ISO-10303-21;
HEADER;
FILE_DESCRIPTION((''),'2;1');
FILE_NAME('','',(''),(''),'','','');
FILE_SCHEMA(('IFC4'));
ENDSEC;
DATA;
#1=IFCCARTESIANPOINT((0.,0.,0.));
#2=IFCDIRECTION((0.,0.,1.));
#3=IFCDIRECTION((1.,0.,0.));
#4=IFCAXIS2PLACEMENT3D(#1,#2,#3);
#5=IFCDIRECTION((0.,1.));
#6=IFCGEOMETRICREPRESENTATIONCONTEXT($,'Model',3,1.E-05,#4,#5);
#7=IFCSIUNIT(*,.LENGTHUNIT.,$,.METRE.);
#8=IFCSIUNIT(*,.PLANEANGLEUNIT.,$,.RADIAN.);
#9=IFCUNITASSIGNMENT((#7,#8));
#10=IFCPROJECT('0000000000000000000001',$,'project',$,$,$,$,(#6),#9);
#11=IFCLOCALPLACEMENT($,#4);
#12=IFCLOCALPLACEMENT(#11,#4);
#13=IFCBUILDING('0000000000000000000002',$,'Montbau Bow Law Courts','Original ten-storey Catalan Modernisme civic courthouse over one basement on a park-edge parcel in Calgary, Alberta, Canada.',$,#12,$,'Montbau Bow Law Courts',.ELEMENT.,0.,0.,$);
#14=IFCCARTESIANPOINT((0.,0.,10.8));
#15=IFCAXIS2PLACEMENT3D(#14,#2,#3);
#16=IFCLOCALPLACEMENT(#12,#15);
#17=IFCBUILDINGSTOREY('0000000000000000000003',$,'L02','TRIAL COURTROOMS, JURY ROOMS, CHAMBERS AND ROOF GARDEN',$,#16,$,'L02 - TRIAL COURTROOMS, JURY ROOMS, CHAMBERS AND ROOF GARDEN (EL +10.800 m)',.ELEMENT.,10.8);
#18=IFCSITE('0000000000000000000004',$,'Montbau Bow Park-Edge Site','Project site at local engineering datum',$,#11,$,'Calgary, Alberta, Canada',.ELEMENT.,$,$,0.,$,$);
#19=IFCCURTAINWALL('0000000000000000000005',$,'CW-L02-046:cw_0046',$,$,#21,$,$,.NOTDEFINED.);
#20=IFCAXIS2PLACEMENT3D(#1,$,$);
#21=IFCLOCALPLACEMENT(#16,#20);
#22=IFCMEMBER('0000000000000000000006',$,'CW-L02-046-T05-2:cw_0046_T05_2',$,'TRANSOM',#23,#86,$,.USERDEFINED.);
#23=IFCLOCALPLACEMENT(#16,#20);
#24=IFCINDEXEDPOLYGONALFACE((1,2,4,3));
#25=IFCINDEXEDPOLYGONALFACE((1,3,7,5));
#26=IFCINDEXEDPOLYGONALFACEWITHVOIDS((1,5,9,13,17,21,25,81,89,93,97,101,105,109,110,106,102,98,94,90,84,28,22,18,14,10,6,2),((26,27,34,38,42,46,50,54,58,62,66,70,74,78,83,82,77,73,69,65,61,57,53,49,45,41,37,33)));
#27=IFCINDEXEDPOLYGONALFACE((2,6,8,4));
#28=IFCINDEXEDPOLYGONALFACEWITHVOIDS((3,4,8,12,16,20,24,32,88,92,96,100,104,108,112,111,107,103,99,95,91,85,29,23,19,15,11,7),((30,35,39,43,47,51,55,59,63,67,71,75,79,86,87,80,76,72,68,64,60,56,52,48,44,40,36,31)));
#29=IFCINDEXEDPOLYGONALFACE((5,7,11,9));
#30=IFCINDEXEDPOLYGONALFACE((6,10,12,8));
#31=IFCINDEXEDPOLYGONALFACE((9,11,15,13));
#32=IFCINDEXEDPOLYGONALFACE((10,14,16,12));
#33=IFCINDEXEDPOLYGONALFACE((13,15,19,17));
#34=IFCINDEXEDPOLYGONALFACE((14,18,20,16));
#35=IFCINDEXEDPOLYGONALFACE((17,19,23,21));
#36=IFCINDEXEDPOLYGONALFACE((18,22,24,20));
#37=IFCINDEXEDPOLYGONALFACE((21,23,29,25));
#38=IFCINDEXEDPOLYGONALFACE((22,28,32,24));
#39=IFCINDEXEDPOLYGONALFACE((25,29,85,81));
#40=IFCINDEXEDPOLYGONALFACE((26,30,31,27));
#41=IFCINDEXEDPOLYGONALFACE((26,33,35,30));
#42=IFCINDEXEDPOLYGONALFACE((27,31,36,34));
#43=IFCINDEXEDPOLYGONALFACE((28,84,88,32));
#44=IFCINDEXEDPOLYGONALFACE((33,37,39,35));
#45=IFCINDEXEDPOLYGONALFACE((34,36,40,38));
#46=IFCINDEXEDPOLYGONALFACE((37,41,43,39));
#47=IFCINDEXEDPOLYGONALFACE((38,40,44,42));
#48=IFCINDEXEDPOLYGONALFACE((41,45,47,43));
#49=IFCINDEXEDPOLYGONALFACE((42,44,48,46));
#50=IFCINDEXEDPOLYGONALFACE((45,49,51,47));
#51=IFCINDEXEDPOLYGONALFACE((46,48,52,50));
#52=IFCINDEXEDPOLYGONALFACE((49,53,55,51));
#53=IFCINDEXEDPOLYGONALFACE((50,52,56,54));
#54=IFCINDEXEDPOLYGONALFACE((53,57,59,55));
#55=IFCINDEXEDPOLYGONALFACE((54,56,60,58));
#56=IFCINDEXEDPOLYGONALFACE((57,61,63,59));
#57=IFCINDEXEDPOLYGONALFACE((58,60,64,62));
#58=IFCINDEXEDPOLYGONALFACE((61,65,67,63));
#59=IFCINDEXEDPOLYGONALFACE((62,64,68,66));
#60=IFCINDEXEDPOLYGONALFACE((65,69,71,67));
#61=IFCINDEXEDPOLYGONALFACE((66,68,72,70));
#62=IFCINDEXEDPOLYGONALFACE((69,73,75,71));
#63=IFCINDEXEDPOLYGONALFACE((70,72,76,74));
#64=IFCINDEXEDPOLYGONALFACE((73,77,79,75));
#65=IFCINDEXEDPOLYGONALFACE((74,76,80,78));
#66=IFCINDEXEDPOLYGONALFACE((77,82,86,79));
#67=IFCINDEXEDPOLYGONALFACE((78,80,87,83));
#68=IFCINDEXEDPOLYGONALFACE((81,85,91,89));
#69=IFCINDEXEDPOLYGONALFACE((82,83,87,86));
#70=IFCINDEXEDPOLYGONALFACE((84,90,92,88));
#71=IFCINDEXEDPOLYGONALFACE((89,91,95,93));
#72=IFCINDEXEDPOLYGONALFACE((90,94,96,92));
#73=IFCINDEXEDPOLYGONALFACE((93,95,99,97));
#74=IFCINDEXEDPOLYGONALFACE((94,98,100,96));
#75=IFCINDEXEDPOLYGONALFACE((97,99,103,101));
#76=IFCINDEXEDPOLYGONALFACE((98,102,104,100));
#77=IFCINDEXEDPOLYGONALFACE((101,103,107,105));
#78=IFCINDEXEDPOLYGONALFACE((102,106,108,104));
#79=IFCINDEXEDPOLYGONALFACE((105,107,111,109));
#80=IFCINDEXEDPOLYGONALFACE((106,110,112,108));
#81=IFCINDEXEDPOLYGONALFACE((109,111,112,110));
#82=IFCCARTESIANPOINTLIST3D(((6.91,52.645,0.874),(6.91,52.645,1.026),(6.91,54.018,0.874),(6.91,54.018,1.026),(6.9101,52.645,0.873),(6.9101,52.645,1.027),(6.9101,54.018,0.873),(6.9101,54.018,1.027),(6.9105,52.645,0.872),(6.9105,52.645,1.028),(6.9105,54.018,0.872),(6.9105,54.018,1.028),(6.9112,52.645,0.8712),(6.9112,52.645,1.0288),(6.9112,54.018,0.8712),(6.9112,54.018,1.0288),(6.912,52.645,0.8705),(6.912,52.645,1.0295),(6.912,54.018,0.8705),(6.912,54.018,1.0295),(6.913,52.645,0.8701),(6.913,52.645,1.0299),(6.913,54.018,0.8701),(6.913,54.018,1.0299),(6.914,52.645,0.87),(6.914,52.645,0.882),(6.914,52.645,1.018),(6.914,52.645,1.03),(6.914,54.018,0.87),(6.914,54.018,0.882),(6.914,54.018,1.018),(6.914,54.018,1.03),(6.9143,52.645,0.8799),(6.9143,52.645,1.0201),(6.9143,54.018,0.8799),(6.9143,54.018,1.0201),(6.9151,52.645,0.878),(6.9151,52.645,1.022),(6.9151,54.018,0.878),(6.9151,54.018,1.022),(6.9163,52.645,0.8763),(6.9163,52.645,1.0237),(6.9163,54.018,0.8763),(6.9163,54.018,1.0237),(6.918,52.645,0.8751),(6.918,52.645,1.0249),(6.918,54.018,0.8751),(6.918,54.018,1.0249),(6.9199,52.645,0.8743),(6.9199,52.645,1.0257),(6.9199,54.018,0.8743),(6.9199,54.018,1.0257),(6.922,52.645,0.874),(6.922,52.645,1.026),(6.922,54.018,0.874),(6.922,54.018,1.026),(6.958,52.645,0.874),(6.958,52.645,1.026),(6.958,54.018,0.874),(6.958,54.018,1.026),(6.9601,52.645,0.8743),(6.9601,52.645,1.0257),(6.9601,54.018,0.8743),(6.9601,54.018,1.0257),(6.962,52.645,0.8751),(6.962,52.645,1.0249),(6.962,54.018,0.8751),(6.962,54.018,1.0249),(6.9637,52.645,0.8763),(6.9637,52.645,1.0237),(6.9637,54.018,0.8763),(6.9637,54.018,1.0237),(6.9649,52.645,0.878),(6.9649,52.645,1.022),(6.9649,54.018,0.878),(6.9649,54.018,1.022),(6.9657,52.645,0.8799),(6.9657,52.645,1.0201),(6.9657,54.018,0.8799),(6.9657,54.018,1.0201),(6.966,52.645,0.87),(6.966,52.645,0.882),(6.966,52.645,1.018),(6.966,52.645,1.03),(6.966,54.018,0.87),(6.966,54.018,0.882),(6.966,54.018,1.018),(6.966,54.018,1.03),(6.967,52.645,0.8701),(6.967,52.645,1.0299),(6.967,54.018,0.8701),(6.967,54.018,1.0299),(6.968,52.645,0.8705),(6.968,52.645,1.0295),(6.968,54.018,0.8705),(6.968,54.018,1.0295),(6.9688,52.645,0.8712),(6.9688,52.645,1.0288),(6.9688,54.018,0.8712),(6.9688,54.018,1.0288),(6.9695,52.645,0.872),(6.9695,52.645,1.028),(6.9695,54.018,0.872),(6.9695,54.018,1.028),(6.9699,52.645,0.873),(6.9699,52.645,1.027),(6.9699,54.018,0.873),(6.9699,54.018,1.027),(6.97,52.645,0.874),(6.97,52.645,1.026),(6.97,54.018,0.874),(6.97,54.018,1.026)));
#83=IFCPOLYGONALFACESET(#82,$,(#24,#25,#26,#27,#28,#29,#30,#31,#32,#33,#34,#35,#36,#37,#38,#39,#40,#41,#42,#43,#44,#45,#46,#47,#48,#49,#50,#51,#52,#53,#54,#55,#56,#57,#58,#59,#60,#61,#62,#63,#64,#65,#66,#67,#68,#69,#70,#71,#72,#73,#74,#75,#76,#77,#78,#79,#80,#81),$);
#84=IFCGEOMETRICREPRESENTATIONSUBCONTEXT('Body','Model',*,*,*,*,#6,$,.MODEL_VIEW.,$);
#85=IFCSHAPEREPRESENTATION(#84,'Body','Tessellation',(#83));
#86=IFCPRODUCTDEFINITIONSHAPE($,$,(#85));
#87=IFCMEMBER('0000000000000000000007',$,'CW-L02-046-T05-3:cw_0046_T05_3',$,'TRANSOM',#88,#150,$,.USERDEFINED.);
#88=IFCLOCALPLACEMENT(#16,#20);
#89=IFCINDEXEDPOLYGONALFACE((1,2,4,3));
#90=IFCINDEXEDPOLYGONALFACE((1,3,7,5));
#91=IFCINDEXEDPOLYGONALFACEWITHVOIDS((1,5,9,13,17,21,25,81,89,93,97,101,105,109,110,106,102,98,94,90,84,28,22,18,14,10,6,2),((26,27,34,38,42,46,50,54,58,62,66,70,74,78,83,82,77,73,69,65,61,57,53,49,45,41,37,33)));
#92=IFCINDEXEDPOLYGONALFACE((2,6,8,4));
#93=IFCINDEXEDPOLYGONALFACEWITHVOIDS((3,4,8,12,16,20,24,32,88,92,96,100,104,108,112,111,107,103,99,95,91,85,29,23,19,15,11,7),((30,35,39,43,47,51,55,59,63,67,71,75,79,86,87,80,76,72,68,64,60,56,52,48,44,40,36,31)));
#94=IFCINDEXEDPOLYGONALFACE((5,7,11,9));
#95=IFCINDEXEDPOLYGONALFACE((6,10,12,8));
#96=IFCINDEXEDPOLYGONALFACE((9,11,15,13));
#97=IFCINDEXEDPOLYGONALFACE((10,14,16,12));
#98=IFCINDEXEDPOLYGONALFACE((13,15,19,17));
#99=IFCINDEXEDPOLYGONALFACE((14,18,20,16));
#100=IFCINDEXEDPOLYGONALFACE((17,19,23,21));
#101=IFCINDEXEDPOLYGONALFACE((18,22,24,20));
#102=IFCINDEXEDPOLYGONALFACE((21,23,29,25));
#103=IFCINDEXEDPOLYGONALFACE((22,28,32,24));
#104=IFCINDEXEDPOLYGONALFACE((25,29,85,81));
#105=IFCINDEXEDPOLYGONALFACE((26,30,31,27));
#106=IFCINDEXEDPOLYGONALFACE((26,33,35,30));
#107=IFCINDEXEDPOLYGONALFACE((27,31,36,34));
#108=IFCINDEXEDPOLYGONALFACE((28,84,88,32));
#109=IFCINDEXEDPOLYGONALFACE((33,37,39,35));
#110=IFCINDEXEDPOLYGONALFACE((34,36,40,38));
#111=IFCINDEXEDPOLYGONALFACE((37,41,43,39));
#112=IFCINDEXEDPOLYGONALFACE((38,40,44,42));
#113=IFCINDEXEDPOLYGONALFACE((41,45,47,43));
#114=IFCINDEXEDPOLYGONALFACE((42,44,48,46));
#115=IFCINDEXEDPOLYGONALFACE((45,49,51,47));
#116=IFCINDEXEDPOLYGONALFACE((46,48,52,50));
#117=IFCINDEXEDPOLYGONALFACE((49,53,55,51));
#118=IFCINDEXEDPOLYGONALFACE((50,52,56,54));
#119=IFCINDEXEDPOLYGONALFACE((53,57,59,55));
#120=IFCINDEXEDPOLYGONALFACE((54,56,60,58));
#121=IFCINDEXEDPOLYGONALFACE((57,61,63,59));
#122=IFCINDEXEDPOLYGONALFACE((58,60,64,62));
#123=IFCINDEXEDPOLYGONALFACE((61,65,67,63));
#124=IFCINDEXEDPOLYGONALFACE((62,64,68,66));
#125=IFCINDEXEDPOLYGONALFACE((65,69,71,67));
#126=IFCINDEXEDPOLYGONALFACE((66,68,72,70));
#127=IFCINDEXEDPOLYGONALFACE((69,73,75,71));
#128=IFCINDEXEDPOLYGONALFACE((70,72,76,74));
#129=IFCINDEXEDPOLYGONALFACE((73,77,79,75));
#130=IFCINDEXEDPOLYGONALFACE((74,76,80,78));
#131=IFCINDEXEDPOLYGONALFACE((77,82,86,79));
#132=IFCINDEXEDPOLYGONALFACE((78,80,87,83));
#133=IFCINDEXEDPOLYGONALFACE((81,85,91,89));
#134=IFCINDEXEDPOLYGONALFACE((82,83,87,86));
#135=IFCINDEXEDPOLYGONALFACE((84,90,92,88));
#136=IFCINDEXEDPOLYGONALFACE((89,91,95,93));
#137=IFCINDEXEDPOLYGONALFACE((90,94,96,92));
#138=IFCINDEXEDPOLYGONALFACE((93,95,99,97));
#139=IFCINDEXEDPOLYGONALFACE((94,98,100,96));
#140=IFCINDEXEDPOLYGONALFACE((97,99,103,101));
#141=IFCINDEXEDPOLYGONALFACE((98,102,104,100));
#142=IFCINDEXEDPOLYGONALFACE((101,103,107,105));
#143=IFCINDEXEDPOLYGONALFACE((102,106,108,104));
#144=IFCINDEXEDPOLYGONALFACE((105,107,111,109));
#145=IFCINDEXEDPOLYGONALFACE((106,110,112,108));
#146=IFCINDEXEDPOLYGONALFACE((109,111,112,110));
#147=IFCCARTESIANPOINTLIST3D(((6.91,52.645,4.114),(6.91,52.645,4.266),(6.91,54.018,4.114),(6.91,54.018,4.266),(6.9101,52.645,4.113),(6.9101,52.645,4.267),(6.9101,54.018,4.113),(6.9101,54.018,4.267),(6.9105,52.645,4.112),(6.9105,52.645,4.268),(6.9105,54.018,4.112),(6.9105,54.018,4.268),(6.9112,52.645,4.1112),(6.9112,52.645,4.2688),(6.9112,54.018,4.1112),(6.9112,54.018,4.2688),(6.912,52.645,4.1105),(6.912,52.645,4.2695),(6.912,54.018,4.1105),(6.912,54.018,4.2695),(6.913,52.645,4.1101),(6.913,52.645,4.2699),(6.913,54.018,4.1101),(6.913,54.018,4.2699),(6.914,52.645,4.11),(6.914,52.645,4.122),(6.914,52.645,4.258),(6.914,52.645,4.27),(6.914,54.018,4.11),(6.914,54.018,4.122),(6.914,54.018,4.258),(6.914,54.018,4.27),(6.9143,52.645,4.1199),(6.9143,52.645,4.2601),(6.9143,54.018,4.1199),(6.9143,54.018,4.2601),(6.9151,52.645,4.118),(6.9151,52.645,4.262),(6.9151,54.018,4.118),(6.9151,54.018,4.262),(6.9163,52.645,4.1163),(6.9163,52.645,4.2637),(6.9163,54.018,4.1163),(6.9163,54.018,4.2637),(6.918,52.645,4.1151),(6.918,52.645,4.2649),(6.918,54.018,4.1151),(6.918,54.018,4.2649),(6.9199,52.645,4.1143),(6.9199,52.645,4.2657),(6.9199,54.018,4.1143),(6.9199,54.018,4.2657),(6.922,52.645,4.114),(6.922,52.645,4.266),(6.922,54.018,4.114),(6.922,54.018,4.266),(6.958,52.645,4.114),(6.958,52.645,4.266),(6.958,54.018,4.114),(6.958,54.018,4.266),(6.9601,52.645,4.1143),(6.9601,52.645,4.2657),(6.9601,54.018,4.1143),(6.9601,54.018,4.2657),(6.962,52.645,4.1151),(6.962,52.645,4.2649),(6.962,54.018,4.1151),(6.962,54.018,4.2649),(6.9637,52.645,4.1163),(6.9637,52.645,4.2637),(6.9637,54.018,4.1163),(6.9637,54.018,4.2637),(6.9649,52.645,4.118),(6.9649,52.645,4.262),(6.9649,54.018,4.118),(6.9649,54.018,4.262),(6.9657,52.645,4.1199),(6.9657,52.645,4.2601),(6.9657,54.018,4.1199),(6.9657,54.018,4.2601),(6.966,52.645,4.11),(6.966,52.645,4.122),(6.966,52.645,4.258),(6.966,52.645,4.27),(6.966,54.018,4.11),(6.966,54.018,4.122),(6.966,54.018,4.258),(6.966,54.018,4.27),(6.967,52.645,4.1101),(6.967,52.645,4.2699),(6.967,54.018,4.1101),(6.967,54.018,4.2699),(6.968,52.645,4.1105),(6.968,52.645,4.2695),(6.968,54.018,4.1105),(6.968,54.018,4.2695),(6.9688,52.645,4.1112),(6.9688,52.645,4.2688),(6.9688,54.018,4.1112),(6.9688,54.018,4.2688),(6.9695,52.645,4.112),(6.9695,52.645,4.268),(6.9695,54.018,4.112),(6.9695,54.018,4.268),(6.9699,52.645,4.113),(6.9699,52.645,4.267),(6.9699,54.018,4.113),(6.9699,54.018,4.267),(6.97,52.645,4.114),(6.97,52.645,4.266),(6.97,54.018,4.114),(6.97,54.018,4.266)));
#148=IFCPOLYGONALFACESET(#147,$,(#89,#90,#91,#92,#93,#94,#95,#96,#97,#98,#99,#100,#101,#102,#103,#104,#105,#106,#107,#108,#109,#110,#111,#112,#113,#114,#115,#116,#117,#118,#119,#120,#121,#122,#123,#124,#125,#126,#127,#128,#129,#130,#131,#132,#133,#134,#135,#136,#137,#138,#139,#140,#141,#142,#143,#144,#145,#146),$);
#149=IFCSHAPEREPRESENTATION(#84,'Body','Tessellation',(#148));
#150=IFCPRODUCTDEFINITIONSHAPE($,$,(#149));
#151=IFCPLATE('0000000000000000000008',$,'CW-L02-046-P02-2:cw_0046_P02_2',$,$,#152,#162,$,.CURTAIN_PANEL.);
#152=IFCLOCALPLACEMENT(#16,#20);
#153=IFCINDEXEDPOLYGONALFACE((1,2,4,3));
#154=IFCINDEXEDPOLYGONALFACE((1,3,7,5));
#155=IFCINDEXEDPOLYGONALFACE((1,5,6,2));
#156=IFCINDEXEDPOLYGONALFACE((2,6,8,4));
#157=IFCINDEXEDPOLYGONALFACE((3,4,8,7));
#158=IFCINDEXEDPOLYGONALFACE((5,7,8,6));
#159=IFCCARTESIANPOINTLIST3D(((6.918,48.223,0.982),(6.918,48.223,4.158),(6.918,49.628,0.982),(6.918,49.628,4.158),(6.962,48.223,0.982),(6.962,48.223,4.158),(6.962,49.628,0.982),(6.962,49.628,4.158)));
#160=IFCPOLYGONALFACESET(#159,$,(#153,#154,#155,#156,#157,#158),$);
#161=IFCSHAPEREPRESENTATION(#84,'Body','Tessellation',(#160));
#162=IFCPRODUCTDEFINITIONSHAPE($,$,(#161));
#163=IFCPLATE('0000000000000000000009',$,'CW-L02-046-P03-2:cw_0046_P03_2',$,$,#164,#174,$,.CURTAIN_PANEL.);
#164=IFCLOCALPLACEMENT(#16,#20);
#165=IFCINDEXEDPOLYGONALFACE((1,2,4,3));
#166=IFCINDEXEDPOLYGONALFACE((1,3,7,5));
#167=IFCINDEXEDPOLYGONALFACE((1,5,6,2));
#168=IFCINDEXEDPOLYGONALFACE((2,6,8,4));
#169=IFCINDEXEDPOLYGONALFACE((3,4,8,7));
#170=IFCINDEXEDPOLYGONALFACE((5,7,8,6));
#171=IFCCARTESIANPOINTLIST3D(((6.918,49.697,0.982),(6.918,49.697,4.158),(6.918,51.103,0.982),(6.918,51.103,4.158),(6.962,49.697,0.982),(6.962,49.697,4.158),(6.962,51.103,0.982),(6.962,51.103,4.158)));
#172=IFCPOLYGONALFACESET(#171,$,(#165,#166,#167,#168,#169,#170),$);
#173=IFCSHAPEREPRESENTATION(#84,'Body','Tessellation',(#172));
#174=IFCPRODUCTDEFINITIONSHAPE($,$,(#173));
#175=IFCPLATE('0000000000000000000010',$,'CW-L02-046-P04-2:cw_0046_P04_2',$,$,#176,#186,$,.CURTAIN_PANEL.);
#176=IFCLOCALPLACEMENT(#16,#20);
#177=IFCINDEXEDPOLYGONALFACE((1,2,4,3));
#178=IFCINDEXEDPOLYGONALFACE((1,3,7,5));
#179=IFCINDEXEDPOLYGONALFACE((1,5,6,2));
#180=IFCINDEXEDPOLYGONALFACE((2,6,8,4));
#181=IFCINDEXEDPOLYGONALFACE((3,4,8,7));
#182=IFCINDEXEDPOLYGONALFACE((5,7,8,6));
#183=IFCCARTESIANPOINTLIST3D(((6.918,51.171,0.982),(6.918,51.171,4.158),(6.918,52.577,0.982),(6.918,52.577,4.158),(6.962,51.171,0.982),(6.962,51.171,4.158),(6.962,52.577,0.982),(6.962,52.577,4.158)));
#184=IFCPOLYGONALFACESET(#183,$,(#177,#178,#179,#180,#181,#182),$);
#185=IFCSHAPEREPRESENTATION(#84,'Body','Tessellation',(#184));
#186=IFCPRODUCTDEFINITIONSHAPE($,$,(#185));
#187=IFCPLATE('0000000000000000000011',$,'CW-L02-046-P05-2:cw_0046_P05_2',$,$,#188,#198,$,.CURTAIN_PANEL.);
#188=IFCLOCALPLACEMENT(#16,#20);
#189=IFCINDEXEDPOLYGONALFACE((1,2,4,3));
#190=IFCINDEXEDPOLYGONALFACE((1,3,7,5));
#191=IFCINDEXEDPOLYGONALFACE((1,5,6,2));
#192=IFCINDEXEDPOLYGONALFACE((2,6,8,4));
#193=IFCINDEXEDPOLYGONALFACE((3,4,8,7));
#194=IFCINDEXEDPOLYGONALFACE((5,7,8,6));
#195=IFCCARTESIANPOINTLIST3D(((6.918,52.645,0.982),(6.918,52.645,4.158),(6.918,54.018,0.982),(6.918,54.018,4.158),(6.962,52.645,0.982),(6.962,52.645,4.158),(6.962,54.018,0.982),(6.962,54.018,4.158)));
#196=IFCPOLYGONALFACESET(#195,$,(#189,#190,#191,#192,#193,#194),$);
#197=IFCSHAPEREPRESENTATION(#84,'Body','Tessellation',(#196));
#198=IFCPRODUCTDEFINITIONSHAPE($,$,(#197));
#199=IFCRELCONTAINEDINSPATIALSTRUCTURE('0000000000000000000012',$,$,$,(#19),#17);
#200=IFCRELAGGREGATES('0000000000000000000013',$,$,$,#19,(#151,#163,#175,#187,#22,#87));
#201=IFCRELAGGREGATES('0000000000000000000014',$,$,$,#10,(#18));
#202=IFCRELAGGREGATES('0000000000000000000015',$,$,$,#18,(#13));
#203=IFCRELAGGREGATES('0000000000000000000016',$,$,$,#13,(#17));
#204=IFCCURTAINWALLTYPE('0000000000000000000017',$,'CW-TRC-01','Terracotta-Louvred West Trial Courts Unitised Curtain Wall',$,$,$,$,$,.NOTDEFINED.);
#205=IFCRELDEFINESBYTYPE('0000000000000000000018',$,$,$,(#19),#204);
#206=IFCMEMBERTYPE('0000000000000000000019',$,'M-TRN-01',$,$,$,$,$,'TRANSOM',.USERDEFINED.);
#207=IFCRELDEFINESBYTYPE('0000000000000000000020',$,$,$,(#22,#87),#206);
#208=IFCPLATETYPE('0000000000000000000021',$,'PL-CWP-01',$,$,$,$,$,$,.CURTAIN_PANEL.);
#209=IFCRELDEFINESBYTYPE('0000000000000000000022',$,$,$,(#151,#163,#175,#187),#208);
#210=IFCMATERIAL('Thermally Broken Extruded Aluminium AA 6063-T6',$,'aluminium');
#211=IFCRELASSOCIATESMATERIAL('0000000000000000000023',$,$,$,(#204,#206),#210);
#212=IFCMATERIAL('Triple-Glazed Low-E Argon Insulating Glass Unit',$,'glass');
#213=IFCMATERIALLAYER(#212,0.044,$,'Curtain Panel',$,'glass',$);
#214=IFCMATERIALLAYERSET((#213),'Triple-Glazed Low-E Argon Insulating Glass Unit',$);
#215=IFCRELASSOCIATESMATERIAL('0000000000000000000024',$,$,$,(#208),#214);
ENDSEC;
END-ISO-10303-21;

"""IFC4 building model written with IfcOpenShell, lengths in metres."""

from ifc_helpers import new_model, si_unit, direction, frame, frame_2d, origin_with_axes, origin_2d_with_axis, place, context, subcontext, project, spatial, rectangle, hollow_rectangle, extrude, material, layer, layer_set, material_profile, profile_set, type_object, element, aggregate, save


model = new_model("IFC4")

# Units and contexts
model_context = context("Model", 3, precision=1e-05, world=origin_with_axes(), true_north=direction((0.0, 1.0)))
body_context = subcontext(model_context, "Body", "Model", "MODEL_VIEW")
ifc_project = project(units=[si_unit("LENGTHUNIT", "METRE"), si_unit("PLANEANGLEUNIT", "RADIAN")], contexts=[model_context])

# Site, building, storey
site_placement = place(None, origin_with_axes())
site = spatial("IfcSite", under=ifc_project, at=site_placement, Name="Montbau Bow Park-Edge Site", Description="Project site at local engineering datum", LongName="Calgary, Alberta, Canada", CompositionType="ELEMENT", RefElevation=0.0)
building_placement = place(site_placement, origin_with_axes())
building = spatial("IfcBuilding", under=site, at=building_placement, Name="Montbau Bow Law Courts", Description="Original ten-storey Catalan Modernisme civic courthouse over one basement on a park-edge parcel in Calgary, Alberta, Canada.", LongName="Montbau Bow Law Courts", CompositionType="ELEMENT", ElevationOfRefHeight=0.0, ElevationOfTerrain=0.0)
storey_placement = place(building_placement, frame((0.0, 0.0, 10.8), z_axis=(0.0, 0.0, 1.0), x_axis=(1.0, 0.0, 0.0)))
storey = spatial("IfcBuildingStorey", under=building, at=storey_placement, Name="L02", Description="TRIAL COURTROOMS, JURY ROOMS, CHAMBERS AND ROOF GARDEN", LongName="L02 - TRIAL COURTROOMS, JURY ROOMS, CHAMBERS AND ROOF GARDEN (EL +10.800 m)", CompositionType="ELEMENT", Elevation=10.8)

# Curtain wall, members, plates
ifc_material_1 = material(Name="Thermally Broken Extruded Aluminium AA 6063-T6", Category="aluminium")
curtain_wall_type = type_object("IfcCurtainWallType", Name="CW-TRC-01", Description="Terracotta-Louvred West Trial Courts Unitised Curtain Wall", PredefinedType="NOTDEFINED", material=ifc_material_1)
curtain_wall_placement = place(None, frame((6.94, 46.715, 10.8), z_axis=(0.0, 0.0, 1.0), x_axis=(1.0, 0.0, 0.0)))
curtain_wall = element("IfcCurtainWall", 1, at=curtain_wall_placement, inside=storey, type_object=curtain_wall_type, Name="CW-L02-046:cw_0046", PredefinedType="NOTDEFINED")
ifc_material_profile_1 = material_profile(ifc_material_1, hollow_rectangle(XDim=0.06, YDim=0.16, WallThickness=0.004, InnerFilletRadius=0.008, OuterFilletRadius=0.004, at=origin_2d_with_axis()), Name="CWT-160X60", Category="Main", Priority=0)
ifc_profile_set_1 = profile_set([ifc_material_profile_1], Name="Thermally Broken Extruded Aluminium AA 6063-T6")
member_type_1 = type_object("IfcMemberType", Name="M-TRN-01", ElementType="TRANSOM", PredefinedType="USERDEFINED", material=ifc_profile_set_1)
member_1_placement = place(None, frame((6.94, 52.645, 11.75), z_axis=(0.0, 1.0, 0.0), x_axis=(-1.0, 0.0, 0.0)))
member_1 = element("IfcMember", 2, at=member_1_placement, type_object=member_type_1, Name="CW-L02-046-T05-2:cw_0046_T05_2", ObjectType="TRANSOM", PredefinedType="USERDEFINED", context=body_context, shape_type="SweptSolid", body=[
    extrude(hollow_rectangle(XDim=0.06, YDim=0.16, WallThickness=0.004, InnerFilletRadius=0.008, OuterFilletRadius=0.004, at=origin_2d_with_axis()), origin_with_axes(), (0.0, 0.0, 1.0), 1.373),
])
member_2_placement = place(None, frame((6.94, 52.645, 14.99), z_axis=(0.0, 1.0, 0.0), x_axis=(-1.0, 0.0, 0.0)))
member_2 = element("IfcMember", 3, at=member_2_placement, type_object=member_type_1, Name="CW-L02-046-T05-3:cw_0046_T05_3", ObjectType="TRANSOM", PredefinedType="USERDEFINED", context=body_context, shape_type="SweptSolid", body=[
    extrude(hollow_rectangle(XDim=0.06, YDim=0.16, WallThickness=0.004, InnerFilletRadius=0.008, OuterFilletRadius=0.004, at=origin_2d_with_axis()), origin_with_axes(), (0.0, 0.0, 1.0), 1.373),
])
ifc_material_2 = material(Name="Triple-Glazed Low-E Argon Insulating Glass Unit", Category="glass")
ifc_layer_1 = layer(ifc_material_2, 0.044, Name="Curtain Panel", Category="glass")
ifc_layer_set_1 = layer_set([ifc_layer_1], Name="Triple-Glazed Low-E Argon Insulating Glass Unit")
plate_type_1 = type_object("IfcPlateType", Name="PL-CWP-01", PredefinedType="CURTAIN_PANEL", material=ifc_layer_set_1)
plate_1_placement = place(None, frame((6.94, 48.223, 11.782), z_axis=(1.0, 0.0, 0.0), x_axis=(0.0, 1.0, 0.0)))
plate_1 = element("IfcPlate", 4, at=plate_1_placement, type_object=plate_type_1, Name="CW-L02-046-P02-2:cw_0046_P02_2", PredefinedType="CURTAIN_PANEL", context=body_context, shape_type="SweptSolid", body=[
    extrude(rectangle(XDim=1.405, YDim=3.176, at=frame_2d((0.7025, 1.588), x_axis=(1.0, 0.0))), frame((0.0, 0.0, -0.022), z_axis=(0.0, 0.0, 1.0), x_axis=(1.0, 0.0, 0.0)), (0.0, 0.0, 1.0), 0.044),
])
plate_2_placement = place(None, frame((6.94, 49.697, 11.782), z_axis=(1.0, 0.0, 0.0), x_axis=(0.0, 1.0, 0.0)))
plate_2 = element("IfcPlate", 5, at=plate_2_placement, type_object=plate_type_1, Name="CW-L02-046-P03-2:cw_0046_P03_2", PredefinedType="CURTAIN_PANEL", context=body_context, shape_type="SweptSolid", body=[
    extrude(rectangle(XDim=1.406, YDim=3.176, at=frame_2d((0.703, 1.588), x_axis=(1.0, 0.0))), frame((0.0, 0.0, -0.022), z_axis=(0.0, 0.0, 1.0), x_axis=(1.0, 0.0, 0.0)), (0.0, 0.0, 1.0), 0.044),
])
plate_3_placement = place(None, frame((6.94, 51.171, 11.782), z_axis=(1.0, 0.0, 0.0), x_axis=(0.0, 1.0, 0.0)))
plate_3 = element("IfcPlate", 6, at=plate_3_placement, type_object=plate_type_1, Name="CW-L02-046-P04-2:cw_0046_P04_2", PredefinedType="CURTAIN_PANEL", context=body_context, shape_type="SweptSolid", body=[
    extrude(rectangle(XDim=1.406, YDim=3.176, at=frame_2d((0.703, 1.588), x_axis=(1.0, 0.0))), frame((0.0, 0.0, -0.022), z_axis=(0.0, 0.0, 1.0), x_axis=(1.0, 0.0, 0.0)), (0.0, 0.0, 1.0), 0.044),
])
plate_4_placement = place(None, frame((6.94, 52.645, 11.782), z_axis=(1.0, 0.0, 0.0), x_axis=(0.0, 1.0, 0.0)))
plate_4 = element("IfcPlate", 7, at=plate_4_placement, type_object=plate_type_1, Name="CW-L02-046-P05-2:cw_0046_P05_2", PredefinedType="CURTAIN_PANEL", context=body_context, shape_type="SweptSolid", body=[
    extrude(rectangle(XDim=1.373, YDim=3.176, at=frame_2d((0.6865, 1.588), x_axis=(1.0, 0.0))), frame((0.0, 0.0, -0.022), z_axis=(0.0, 0.0, 1.0), x_axis=(1.0, 0.0, 0.0)), (0.0, 0.0, 1.0), 0.044),
])
aggregate(curtain_wall, [plate_1, plate_2, plate_3, plate_4, member_1, member_2])

save(model, "model.ifc")
